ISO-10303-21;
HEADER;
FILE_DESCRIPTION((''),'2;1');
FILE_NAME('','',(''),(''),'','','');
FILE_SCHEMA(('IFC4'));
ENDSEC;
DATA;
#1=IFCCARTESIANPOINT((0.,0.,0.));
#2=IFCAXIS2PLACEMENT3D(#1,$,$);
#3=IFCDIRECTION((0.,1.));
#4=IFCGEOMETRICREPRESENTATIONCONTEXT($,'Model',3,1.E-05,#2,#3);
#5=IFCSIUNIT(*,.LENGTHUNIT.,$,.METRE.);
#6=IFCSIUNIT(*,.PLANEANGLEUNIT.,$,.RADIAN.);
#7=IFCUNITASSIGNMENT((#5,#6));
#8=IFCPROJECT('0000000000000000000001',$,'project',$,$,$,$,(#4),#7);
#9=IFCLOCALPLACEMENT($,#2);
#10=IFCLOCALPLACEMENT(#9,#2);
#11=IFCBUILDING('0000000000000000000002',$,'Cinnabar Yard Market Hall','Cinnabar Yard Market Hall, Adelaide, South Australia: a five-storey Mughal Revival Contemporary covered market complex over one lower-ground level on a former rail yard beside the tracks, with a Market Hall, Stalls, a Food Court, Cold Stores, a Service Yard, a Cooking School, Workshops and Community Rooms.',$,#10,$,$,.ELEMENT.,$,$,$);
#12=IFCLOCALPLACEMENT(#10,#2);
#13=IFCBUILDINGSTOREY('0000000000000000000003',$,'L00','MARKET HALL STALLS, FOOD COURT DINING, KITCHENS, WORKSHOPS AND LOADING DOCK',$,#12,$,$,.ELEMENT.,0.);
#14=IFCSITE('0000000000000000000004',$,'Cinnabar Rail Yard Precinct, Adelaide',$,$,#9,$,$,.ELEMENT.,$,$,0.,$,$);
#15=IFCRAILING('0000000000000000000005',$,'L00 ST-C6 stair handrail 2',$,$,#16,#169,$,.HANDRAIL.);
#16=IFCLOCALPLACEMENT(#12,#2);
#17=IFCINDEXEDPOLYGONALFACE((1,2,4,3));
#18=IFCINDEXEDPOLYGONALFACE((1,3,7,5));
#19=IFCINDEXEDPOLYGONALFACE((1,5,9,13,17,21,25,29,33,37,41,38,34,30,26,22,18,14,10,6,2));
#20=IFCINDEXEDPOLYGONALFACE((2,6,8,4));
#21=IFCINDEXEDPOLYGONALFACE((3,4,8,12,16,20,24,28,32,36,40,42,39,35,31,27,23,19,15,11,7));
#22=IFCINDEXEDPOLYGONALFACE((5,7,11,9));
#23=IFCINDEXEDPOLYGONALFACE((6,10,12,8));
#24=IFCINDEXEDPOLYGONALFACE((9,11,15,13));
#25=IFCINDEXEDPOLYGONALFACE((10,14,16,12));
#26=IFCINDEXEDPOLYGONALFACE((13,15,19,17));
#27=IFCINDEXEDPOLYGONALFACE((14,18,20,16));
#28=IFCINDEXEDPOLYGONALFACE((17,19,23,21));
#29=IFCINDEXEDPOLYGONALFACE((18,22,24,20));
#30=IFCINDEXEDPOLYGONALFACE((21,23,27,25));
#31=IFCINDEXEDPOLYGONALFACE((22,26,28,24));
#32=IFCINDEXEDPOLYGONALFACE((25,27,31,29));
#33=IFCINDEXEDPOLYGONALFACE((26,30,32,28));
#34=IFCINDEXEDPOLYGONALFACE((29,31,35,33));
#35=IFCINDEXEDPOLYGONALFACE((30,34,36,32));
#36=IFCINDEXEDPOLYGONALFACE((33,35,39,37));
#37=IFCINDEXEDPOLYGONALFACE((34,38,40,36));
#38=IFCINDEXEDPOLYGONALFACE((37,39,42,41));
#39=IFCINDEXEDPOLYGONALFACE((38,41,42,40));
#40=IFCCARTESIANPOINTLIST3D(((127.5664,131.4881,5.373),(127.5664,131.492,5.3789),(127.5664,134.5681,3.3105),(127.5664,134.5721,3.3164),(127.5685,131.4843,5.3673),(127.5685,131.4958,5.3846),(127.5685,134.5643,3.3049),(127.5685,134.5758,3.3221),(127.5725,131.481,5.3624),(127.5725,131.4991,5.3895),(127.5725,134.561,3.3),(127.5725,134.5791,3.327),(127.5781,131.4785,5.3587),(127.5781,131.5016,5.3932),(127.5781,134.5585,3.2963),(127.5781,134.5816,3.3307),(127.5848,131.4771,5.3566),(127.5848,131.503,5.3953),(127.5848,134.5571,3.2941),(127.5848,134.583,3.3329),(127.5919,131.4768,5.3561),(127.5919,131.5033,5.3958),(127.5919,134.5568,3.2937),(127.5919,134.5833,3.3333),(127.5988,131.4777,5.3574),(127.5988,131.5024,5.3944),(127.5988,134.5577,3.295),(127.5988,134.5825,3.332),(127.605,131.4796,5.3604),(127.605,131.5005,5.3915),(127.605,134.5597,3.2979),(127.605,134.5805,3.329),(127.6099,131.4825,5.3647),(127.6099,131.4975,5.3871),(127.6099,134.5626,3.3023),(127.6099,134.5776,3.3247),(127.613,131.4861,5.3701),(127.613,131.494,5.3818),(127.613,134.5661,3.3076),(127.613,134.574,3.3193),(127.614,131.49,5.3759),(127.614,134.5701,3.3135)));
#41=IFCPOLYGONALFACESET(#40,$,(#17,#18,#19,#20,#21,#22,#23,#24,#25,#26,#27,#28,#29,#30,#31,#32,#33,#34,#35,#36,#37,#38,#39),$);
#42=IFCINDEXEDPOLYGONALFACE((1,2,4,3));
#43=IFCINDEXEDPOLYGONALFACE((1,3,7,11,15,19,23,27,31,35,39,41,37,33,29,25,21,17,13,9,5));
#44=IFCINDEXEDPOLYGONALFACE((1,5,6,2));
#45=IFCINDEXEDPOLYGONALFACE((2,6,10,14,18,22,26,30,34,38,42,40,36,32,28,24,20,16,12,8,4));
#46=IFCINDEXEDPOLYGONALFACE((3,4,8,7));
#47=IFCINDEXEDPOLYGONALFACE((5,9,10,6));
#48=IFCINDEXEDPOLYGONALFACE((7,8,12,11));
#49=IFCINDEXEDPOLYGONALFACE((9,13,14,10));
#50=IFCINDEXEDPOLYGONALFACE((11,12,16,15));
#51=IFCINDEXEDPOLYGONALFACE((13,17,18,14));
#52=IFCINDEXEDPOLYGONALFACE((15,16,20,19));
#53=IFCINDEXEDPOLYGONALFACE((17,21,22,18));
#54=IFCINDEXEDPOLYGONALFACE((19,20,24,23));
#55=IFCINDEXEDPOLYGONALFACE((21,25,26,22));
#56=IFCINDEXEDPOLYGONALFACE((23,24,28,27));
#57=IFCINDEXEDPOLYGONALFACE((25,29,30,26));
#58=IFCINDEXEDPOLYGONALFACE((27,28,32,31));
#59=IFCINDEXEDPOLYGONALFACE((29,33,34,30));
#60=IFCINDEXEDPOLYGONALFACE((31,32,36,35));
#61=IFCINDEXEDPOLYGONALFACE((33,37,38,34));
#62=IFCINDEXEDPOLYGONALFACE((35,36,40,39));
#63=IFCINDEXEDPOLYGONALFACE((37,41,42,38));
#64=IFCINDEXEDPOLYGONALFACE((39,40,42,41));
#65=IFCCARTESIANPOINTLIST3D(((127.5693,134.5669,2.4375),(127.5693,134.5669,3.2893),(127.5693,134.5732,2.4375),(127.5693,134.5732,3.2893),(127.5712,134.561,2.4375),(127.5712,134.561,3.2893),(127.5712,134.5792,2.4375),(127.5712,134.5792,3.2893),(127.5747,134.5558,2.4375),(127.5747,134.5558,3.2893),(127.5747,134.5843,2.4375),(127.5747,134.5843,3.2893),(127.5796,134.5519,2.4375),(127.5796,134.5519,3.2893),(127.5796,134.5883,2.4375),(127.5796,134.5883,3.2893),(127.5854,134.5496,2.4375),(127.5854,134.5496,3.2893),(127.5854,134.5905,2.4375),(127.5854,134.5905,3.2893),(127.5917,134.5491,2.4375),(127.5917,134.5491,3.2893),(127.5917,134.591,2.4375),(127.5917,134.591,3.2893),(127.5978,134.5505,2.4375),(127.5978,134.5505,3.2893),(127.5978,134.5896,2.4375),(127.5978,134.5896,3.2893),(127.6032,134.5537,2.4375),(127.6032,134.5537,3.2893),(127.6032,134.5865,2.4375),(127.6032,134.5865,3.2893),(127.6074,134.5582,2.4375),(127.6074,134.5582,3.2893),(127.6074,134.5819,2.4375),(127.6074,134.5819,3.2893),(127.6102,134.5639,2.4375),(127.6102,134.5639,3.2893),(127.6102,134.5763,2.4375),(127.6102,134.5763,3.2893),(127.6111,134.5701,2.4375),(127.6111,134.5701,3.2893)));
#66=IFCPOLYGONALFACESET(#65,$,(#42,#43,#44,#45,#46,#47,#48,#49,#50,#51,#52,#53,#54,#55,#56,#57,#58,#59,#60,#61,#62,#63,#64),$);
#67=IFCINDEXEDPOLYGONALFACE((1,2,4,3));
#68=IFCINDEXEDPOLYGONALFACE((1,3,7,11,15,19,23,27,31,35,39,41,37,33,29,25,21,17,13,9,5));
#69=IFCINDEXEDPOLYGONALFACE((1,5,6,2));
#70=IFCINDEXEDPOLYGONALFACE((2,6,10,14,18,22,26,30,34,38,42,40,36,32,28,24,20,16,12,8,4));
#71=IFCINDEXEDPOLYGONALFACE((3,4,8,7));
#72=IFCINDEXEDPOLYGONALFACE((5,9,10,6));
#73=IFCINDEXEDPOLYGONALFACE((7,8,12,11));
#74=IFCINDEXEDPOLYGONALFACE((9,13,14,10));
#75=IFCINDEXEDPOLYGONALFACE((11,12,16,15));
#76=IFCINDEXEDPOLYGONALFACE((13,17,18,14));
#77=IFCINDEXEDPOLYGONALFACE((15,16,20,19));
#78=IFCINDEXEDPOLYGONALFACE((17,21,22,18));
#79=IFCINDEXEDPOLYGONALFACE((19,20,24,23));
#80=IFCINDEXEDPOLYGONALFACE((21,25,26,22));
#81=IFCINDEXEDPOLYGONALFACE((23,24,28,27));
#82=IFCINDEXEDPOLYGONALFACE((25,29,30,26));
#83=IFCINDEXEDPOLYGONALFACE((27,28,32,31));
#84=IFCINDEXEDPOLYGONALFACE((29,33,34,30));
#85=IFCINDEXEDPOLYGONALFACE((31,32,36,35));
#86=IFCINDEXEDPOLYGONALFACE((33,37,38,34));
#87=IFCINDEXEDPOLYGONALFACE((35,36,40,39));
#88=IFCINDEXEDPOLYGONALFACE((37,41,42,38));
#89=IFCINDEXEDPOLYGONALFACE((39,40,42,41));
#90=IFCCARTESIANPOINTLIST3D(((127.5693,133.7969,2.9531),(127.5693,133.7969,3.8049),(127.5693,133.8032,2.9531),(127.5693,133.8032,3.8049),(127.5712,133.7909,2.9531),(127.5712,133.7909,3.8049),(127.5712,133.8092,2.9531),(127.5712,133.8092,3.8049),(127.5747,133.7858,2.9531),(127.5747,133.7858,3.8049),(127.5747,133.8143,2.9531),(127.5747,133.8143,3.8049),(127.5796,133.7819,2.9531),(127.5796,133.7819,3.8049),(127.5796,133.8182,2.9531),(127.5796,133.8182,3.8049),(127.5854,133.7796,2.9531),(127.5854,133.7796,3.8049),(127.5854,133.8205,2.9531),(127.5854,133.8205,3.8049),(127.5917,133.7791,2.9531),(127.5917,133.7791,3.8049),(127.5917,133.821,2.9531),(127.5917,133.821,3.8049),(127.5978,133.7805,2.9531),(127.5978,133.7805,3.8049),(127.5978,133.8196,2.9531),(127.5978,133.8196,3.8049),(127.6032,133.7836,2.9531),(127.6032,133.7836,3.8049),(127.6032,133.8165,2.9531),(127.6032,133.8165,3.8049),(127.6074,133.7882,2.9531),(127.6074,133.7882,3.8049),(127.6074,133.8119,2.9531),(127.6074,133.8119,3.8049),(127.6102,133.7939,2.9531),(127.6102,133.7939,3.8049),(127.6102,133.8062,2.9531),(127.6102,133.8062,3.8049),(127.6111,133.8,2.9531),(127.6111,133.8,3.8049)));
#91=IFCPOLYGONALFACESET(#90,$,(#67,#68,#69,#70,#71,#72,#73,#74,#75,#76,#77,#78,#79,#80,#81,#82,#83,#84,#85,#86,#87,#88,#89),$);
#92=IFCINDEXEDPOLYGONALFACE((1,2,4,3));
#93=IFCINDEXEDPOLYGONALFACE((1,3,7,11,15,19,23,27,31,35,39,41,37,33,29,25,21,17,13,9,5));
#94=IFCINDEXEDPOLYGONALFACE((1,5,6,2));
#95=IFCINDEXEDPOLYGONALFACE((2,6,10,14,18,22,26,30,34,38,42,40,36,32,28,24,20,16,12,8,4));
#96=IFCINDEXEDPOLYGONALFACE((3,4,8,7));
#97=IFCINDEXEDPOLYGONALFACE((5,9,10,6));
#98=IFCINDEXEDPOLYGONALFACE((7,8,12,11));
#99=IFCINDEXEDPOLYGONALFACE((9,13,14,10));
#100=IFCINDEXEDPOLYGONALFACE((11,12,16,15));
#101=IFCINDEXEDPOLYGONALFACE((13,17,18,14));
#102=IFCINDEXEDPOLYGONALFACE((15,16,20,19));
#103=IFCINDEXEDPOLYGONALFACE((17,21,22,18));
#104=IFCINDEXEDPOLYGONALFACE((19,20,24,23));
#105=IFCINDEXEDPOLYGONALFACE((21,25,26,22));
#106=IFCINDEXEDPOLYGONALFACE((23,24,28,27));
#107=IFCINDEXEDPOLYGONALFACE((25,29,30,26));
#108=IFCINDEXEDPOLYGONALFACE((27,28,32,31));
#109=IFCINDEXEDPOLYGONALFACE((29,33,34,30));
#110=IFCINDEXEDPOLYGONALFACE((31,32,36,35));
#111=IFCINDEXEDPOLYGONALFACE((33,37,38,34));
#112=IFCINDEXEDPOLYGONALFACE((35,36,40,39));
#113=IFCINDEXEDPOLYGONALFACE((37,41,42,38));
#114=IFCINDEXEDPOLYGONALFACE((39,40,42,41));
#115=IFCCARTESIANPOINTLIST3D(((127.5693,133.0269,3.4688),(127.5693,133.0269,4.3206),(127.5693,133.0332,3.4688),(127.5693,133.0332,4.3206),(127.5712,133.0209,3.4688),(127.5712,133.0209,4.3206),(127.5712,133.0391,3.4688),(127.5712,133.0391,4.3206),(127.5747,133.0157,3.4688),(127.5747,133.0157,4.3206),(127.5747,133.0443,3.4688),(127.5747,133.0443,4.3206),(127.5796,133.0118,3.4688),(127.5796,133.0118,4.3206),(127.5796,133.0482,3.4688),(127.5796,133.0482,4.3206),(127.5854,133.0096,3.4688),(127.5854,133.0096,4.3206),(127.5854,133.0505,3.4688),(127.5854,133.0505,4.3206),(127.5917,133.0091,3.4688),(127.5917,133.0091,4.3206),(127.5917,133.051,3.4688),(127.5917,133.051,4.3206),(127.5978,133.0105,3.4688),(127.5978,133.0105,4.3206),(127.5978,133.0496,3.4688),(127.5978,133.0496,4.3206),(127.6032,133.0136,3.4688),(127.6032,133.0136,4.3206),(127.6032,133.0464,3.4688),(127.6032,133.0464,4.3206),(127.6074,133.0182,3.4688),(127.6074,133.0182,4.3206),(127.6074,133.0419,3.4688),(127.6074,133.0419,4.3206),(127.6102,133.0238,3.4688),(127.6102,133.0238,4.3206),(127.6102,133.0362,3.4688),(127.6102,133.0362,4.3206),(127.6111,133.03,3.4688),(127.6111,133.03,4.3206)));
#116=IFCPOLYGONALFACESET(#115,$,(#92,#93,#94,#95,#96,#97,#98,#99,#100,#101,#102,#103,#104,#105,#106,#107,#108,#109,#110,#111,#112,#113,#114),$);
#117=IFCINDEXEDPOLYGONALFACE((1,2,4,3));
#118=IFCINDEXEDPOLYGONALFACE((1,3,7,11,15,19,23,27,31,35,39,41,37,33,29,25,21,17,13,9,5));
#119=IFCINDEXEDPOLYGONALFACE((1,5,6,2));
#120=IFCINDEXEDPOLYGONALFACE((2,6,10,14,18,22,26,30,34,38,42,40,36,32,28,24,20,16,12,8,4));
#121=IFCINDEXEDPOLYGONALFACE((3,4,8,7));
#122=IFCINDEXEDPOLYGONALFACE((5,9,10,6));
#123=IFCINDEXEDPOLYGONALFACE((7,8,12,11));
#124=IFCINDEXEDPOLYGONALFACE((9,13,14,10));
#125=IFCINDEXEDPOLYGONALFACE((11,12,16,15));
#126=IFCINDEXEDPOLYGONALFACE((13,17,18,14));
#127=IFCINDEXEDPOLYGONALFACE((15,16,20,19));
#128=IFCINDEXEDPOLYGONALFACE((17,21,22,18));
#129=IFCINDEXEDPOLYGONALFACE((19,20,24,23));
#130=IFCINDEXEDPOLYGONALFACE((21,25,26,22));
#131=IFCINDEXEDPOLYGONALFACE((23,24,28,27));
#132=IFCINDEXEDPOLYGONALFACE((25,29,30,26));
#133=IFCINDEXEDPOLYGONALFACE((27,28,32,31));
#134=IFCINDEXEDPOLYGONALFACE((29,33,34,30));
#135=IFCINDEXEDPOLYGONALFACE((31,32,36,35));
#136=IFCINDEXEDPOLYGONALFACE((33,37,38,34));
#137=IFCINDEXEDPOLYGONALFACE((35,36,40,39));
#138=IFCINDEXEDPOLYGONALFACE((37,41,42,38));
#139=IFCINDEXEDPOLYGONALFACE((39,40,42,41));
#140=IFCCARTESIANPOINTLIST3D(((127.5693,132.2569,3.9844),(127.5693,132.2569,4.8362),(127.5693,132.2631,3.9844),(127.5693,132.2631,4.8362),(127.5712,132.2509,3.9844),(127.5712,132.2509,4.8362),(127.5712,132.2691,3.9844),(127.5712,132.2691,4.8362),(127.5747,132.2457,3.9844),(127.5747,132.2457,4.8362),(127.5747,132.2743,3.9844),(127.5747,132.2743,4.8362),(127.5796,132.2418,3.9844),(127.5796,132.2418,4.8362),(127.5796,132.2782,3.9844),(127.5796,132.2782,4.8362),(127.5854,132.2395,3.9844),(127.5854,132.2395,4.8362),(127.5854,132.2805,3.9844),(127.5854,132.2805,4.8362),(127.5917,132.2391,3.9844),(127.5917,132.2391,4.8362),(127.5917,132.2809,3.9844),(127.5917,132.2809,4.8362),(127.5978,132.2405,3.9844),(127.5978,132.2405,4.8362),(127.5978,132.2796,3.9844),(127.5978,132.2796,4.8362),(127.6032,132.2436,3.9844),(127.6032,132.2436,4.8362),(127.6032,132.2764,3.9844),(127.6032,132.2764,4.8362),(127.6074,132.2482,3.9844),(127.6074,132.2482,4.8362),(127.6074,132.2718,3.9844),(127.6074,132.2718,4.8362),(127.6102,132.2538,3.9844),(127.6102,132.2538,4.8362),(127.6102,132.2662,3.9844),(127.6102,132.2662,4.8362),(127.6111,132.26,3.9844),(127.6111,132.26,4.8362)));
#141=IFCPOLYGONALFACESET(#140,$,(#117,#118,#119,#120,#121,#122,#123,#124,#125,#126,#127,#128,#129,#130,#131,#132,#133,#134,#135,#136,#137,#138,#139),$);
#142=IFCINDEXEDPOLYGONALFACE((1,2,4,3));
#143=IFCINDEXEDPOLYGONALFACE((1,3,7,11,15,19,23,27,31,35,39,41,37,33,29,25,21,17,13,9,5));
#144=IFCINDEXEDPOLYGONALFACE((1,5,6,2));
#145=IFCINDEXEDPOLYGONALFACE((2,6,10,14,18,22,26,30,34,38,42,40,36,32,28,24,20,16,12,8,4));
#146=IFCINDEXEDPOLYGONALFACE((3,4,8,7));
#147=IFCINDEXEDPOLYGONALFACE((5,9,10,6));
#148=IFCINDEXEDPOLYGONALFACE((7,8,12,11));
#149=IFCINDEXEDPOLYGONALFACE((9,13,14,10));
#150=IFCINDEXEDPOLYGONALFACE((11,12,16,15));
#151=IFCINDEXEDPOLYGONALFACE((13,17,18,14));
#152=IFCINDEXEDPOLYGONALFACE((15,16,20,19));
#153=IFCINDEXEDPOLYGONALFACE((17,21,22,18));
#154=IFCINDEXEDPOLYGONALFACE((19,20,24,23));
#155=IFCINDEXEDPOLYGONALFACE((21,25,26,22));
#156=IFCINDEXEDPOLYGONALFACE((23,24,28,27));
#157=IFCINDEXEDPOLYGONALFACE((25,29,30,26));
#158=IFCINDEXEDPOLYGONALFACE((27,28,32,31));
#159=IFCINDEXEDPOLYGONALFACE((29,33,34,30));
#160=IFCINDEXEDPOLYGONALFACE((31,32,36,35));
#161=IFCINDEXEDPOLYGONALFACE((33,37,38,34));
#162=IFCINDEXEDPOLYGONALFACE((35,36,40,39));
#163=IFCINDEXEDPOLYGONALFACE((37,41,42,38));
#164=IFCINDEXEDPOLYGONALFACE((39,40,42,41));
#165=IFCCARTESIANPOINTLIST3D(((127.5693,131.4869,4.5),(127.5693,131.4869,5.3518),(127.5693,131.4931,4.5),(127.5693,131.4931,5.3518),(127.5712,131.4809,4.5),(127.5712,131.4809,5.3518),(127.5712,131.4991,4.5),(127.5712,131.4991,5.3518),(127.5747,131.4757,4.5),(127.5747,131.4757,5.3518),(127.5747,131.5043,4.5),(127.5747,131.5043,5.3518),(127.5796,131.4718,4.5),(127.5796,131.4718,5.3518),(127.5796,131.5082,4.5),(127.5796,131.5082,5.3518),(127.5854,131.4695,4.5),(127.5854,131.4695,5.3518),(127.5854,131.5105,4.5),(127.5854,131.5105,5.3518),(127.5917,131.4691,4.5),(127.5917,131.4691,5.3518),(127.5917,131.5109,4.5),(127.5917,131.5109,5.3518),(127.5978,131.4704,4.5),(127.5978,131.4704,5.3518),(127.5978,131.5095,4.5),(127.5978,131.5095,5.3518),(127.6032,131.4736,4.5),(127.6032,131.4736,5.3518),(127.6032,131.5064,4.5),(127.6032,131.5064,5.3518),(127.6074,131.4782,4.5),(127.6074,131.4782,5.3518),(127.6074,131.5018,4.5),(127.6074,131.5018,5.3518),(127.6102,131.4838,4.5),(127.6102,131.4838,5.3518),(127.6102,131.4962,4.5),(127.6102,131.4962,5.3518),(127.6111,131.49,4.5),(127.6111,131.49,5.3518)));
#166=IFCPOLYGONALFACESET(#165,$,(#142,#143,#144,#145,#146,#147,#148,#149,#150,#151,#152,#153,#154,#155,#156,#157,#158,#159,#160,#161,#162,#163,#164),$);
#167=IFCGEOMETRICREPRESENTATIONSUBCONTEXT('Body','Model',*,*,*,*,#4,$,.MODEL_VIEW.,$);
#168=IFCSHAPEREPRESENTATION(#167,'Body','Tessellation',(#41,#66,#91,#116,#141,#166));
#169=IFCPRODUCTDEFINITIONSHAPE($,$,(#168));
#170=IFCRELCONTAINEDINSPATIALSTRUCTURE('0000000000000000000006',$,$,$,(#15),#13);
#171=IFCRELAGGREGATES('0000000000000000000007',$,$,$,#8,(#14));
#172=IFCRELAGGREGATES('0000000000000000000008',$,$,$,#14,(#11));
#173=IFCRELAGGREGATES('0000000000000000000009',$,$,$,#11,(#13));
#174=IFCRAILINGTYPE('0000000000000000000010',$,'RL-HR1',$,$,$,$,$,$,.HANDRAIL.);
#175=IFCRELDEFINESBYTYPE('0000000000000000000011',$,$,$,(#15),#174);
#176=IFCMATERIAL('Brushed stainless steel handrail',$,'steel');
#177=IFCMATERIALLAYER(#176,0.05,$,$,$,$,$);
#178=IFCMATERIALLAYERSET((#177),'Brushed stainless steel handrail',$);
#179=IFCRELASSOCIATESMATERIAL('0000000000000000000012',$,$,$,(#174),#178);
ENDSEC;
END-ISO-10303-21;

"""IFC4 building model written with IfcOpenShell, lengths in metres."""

from ifc_helpers import new_model, si_unit, direction, frame, origin, origin_2d_with_axis, place, context, subcontext, project, spatial, circle, extrude, material, layer, layer_set, type_object, element, save


model = new_model("IFC4")

# Units and contexts
model_context = context("Model", 3, precision=1e-05, world=origin(), true_north=direction((0.0, 1.0)))
body_context = subcontext(model_context, "Body", "Model", "MODEL_VIEW")
ifc_project = project(units=[si_unit("LENGTHUNIT", "METRE"), si_unit("PLANEANGLEUNIT", "RADIAN")], contexts=[model_context])

# Site, building, storey
site_placement = place(None, origin())
site = spatial("IfcSite", under=ifc_project, at=site_placement, Name="Cinnabar Rail Yard Precinct, Adelaide", CompositionType="ELEMENT", RefElevation=0.0)
building_placement = place(site_placement, origin())
building = spatial("IfcBuilding", under=site, at=building_placement, Name="Cinnabar Yard Market Hall", Description="Cinnabar Yard Market Hall, Adelaide, South Australia: a five-storey Mughal Revival Contemporary covered market complex over one lower-ground level on a former rail yard beside the tracks, with a Market Hall, Stalls, a Food Court, Cold Stores, a Service Yard, a Cooking School, Workshops and Community Rooms.", CompositionType="ELEMENT")
storey_placement = place(building_placement, origin())
storey = spatial("IfcBuildingStorey", under=building, at=storey_placement, Name="L00", Description="MARKET HALL STALLS, FOOD COURT DINING, KITCHENS, WORKSHOPS AND LOADING DOCK", CompositionType="ELEMENT", Elevation=0.0)

# Railing
ifc_material_1 = material(Name="Brushed stainless steel handrail", Category="steel")
ifc_layer_1 = layer(ifc_material_1, 0.05)
ifc_layer_set_1 = layer_set([ifc_layer_1], Name="Brushed stainless steel handrail")
railing_type_1 = type_object("IfcRailingType", Name="RL-HR1", PredefinedType="HANDRAIL", material=ifc_layer_set_1)
railing_1_placement = place(storey_placement, frame((127.5901, 134.5701, 2.4375)))
element("IfcRailing", 1, at=railing_1_placement, inside=storey, type_object=railing_type_1, Name="L00 ST-C6 stair handrail 2", PredefinedType="HANDRAIL", context=body_context, shape_type="SweptSolid", body=[
    extrude(circle(Radius=0.0239, at=origin_2d_with_axis()), frame((0.0, 0.0, 0.876), z_axis=(0.0, -0.830914, 0.556401), x_axis=(1.0, 0.0, 0.0)), (0.0, 0.0, 1.0), 3.7068),
    extrude(circle(Radius=0.021, at=origin_2d_with_axis()), origin(), (0.0, 0.0, 1.0), 0.8518),
    extrude(circle(Radius=0.021, at=origin_2d_with_axis()), frame((0.0, -0.77, 0.5156)), (0.0, 0.0, 1.0), 0.8518),
    extrude(circle(Radius=0.021, at=origin_2d_with_axis()), frame((0.0, -1.54, 1.0312)), (0.0, 0.0, 1.0), 0.8518),
    extrude(circle(Radius=0.021, at=origin_2d_with_axis()), frame((0.0, -2.3101, 1.5469)), (0.0, 0.0, 1.0), 0.8518),
    extrude(circle(Radius=0.021, at=origin_2d_with_axis()), frame((0.0, -3.0801, 2.0625)), (0.0, 0.0, 1.0), 0.8518),
])

save(model, "model.ifc")
